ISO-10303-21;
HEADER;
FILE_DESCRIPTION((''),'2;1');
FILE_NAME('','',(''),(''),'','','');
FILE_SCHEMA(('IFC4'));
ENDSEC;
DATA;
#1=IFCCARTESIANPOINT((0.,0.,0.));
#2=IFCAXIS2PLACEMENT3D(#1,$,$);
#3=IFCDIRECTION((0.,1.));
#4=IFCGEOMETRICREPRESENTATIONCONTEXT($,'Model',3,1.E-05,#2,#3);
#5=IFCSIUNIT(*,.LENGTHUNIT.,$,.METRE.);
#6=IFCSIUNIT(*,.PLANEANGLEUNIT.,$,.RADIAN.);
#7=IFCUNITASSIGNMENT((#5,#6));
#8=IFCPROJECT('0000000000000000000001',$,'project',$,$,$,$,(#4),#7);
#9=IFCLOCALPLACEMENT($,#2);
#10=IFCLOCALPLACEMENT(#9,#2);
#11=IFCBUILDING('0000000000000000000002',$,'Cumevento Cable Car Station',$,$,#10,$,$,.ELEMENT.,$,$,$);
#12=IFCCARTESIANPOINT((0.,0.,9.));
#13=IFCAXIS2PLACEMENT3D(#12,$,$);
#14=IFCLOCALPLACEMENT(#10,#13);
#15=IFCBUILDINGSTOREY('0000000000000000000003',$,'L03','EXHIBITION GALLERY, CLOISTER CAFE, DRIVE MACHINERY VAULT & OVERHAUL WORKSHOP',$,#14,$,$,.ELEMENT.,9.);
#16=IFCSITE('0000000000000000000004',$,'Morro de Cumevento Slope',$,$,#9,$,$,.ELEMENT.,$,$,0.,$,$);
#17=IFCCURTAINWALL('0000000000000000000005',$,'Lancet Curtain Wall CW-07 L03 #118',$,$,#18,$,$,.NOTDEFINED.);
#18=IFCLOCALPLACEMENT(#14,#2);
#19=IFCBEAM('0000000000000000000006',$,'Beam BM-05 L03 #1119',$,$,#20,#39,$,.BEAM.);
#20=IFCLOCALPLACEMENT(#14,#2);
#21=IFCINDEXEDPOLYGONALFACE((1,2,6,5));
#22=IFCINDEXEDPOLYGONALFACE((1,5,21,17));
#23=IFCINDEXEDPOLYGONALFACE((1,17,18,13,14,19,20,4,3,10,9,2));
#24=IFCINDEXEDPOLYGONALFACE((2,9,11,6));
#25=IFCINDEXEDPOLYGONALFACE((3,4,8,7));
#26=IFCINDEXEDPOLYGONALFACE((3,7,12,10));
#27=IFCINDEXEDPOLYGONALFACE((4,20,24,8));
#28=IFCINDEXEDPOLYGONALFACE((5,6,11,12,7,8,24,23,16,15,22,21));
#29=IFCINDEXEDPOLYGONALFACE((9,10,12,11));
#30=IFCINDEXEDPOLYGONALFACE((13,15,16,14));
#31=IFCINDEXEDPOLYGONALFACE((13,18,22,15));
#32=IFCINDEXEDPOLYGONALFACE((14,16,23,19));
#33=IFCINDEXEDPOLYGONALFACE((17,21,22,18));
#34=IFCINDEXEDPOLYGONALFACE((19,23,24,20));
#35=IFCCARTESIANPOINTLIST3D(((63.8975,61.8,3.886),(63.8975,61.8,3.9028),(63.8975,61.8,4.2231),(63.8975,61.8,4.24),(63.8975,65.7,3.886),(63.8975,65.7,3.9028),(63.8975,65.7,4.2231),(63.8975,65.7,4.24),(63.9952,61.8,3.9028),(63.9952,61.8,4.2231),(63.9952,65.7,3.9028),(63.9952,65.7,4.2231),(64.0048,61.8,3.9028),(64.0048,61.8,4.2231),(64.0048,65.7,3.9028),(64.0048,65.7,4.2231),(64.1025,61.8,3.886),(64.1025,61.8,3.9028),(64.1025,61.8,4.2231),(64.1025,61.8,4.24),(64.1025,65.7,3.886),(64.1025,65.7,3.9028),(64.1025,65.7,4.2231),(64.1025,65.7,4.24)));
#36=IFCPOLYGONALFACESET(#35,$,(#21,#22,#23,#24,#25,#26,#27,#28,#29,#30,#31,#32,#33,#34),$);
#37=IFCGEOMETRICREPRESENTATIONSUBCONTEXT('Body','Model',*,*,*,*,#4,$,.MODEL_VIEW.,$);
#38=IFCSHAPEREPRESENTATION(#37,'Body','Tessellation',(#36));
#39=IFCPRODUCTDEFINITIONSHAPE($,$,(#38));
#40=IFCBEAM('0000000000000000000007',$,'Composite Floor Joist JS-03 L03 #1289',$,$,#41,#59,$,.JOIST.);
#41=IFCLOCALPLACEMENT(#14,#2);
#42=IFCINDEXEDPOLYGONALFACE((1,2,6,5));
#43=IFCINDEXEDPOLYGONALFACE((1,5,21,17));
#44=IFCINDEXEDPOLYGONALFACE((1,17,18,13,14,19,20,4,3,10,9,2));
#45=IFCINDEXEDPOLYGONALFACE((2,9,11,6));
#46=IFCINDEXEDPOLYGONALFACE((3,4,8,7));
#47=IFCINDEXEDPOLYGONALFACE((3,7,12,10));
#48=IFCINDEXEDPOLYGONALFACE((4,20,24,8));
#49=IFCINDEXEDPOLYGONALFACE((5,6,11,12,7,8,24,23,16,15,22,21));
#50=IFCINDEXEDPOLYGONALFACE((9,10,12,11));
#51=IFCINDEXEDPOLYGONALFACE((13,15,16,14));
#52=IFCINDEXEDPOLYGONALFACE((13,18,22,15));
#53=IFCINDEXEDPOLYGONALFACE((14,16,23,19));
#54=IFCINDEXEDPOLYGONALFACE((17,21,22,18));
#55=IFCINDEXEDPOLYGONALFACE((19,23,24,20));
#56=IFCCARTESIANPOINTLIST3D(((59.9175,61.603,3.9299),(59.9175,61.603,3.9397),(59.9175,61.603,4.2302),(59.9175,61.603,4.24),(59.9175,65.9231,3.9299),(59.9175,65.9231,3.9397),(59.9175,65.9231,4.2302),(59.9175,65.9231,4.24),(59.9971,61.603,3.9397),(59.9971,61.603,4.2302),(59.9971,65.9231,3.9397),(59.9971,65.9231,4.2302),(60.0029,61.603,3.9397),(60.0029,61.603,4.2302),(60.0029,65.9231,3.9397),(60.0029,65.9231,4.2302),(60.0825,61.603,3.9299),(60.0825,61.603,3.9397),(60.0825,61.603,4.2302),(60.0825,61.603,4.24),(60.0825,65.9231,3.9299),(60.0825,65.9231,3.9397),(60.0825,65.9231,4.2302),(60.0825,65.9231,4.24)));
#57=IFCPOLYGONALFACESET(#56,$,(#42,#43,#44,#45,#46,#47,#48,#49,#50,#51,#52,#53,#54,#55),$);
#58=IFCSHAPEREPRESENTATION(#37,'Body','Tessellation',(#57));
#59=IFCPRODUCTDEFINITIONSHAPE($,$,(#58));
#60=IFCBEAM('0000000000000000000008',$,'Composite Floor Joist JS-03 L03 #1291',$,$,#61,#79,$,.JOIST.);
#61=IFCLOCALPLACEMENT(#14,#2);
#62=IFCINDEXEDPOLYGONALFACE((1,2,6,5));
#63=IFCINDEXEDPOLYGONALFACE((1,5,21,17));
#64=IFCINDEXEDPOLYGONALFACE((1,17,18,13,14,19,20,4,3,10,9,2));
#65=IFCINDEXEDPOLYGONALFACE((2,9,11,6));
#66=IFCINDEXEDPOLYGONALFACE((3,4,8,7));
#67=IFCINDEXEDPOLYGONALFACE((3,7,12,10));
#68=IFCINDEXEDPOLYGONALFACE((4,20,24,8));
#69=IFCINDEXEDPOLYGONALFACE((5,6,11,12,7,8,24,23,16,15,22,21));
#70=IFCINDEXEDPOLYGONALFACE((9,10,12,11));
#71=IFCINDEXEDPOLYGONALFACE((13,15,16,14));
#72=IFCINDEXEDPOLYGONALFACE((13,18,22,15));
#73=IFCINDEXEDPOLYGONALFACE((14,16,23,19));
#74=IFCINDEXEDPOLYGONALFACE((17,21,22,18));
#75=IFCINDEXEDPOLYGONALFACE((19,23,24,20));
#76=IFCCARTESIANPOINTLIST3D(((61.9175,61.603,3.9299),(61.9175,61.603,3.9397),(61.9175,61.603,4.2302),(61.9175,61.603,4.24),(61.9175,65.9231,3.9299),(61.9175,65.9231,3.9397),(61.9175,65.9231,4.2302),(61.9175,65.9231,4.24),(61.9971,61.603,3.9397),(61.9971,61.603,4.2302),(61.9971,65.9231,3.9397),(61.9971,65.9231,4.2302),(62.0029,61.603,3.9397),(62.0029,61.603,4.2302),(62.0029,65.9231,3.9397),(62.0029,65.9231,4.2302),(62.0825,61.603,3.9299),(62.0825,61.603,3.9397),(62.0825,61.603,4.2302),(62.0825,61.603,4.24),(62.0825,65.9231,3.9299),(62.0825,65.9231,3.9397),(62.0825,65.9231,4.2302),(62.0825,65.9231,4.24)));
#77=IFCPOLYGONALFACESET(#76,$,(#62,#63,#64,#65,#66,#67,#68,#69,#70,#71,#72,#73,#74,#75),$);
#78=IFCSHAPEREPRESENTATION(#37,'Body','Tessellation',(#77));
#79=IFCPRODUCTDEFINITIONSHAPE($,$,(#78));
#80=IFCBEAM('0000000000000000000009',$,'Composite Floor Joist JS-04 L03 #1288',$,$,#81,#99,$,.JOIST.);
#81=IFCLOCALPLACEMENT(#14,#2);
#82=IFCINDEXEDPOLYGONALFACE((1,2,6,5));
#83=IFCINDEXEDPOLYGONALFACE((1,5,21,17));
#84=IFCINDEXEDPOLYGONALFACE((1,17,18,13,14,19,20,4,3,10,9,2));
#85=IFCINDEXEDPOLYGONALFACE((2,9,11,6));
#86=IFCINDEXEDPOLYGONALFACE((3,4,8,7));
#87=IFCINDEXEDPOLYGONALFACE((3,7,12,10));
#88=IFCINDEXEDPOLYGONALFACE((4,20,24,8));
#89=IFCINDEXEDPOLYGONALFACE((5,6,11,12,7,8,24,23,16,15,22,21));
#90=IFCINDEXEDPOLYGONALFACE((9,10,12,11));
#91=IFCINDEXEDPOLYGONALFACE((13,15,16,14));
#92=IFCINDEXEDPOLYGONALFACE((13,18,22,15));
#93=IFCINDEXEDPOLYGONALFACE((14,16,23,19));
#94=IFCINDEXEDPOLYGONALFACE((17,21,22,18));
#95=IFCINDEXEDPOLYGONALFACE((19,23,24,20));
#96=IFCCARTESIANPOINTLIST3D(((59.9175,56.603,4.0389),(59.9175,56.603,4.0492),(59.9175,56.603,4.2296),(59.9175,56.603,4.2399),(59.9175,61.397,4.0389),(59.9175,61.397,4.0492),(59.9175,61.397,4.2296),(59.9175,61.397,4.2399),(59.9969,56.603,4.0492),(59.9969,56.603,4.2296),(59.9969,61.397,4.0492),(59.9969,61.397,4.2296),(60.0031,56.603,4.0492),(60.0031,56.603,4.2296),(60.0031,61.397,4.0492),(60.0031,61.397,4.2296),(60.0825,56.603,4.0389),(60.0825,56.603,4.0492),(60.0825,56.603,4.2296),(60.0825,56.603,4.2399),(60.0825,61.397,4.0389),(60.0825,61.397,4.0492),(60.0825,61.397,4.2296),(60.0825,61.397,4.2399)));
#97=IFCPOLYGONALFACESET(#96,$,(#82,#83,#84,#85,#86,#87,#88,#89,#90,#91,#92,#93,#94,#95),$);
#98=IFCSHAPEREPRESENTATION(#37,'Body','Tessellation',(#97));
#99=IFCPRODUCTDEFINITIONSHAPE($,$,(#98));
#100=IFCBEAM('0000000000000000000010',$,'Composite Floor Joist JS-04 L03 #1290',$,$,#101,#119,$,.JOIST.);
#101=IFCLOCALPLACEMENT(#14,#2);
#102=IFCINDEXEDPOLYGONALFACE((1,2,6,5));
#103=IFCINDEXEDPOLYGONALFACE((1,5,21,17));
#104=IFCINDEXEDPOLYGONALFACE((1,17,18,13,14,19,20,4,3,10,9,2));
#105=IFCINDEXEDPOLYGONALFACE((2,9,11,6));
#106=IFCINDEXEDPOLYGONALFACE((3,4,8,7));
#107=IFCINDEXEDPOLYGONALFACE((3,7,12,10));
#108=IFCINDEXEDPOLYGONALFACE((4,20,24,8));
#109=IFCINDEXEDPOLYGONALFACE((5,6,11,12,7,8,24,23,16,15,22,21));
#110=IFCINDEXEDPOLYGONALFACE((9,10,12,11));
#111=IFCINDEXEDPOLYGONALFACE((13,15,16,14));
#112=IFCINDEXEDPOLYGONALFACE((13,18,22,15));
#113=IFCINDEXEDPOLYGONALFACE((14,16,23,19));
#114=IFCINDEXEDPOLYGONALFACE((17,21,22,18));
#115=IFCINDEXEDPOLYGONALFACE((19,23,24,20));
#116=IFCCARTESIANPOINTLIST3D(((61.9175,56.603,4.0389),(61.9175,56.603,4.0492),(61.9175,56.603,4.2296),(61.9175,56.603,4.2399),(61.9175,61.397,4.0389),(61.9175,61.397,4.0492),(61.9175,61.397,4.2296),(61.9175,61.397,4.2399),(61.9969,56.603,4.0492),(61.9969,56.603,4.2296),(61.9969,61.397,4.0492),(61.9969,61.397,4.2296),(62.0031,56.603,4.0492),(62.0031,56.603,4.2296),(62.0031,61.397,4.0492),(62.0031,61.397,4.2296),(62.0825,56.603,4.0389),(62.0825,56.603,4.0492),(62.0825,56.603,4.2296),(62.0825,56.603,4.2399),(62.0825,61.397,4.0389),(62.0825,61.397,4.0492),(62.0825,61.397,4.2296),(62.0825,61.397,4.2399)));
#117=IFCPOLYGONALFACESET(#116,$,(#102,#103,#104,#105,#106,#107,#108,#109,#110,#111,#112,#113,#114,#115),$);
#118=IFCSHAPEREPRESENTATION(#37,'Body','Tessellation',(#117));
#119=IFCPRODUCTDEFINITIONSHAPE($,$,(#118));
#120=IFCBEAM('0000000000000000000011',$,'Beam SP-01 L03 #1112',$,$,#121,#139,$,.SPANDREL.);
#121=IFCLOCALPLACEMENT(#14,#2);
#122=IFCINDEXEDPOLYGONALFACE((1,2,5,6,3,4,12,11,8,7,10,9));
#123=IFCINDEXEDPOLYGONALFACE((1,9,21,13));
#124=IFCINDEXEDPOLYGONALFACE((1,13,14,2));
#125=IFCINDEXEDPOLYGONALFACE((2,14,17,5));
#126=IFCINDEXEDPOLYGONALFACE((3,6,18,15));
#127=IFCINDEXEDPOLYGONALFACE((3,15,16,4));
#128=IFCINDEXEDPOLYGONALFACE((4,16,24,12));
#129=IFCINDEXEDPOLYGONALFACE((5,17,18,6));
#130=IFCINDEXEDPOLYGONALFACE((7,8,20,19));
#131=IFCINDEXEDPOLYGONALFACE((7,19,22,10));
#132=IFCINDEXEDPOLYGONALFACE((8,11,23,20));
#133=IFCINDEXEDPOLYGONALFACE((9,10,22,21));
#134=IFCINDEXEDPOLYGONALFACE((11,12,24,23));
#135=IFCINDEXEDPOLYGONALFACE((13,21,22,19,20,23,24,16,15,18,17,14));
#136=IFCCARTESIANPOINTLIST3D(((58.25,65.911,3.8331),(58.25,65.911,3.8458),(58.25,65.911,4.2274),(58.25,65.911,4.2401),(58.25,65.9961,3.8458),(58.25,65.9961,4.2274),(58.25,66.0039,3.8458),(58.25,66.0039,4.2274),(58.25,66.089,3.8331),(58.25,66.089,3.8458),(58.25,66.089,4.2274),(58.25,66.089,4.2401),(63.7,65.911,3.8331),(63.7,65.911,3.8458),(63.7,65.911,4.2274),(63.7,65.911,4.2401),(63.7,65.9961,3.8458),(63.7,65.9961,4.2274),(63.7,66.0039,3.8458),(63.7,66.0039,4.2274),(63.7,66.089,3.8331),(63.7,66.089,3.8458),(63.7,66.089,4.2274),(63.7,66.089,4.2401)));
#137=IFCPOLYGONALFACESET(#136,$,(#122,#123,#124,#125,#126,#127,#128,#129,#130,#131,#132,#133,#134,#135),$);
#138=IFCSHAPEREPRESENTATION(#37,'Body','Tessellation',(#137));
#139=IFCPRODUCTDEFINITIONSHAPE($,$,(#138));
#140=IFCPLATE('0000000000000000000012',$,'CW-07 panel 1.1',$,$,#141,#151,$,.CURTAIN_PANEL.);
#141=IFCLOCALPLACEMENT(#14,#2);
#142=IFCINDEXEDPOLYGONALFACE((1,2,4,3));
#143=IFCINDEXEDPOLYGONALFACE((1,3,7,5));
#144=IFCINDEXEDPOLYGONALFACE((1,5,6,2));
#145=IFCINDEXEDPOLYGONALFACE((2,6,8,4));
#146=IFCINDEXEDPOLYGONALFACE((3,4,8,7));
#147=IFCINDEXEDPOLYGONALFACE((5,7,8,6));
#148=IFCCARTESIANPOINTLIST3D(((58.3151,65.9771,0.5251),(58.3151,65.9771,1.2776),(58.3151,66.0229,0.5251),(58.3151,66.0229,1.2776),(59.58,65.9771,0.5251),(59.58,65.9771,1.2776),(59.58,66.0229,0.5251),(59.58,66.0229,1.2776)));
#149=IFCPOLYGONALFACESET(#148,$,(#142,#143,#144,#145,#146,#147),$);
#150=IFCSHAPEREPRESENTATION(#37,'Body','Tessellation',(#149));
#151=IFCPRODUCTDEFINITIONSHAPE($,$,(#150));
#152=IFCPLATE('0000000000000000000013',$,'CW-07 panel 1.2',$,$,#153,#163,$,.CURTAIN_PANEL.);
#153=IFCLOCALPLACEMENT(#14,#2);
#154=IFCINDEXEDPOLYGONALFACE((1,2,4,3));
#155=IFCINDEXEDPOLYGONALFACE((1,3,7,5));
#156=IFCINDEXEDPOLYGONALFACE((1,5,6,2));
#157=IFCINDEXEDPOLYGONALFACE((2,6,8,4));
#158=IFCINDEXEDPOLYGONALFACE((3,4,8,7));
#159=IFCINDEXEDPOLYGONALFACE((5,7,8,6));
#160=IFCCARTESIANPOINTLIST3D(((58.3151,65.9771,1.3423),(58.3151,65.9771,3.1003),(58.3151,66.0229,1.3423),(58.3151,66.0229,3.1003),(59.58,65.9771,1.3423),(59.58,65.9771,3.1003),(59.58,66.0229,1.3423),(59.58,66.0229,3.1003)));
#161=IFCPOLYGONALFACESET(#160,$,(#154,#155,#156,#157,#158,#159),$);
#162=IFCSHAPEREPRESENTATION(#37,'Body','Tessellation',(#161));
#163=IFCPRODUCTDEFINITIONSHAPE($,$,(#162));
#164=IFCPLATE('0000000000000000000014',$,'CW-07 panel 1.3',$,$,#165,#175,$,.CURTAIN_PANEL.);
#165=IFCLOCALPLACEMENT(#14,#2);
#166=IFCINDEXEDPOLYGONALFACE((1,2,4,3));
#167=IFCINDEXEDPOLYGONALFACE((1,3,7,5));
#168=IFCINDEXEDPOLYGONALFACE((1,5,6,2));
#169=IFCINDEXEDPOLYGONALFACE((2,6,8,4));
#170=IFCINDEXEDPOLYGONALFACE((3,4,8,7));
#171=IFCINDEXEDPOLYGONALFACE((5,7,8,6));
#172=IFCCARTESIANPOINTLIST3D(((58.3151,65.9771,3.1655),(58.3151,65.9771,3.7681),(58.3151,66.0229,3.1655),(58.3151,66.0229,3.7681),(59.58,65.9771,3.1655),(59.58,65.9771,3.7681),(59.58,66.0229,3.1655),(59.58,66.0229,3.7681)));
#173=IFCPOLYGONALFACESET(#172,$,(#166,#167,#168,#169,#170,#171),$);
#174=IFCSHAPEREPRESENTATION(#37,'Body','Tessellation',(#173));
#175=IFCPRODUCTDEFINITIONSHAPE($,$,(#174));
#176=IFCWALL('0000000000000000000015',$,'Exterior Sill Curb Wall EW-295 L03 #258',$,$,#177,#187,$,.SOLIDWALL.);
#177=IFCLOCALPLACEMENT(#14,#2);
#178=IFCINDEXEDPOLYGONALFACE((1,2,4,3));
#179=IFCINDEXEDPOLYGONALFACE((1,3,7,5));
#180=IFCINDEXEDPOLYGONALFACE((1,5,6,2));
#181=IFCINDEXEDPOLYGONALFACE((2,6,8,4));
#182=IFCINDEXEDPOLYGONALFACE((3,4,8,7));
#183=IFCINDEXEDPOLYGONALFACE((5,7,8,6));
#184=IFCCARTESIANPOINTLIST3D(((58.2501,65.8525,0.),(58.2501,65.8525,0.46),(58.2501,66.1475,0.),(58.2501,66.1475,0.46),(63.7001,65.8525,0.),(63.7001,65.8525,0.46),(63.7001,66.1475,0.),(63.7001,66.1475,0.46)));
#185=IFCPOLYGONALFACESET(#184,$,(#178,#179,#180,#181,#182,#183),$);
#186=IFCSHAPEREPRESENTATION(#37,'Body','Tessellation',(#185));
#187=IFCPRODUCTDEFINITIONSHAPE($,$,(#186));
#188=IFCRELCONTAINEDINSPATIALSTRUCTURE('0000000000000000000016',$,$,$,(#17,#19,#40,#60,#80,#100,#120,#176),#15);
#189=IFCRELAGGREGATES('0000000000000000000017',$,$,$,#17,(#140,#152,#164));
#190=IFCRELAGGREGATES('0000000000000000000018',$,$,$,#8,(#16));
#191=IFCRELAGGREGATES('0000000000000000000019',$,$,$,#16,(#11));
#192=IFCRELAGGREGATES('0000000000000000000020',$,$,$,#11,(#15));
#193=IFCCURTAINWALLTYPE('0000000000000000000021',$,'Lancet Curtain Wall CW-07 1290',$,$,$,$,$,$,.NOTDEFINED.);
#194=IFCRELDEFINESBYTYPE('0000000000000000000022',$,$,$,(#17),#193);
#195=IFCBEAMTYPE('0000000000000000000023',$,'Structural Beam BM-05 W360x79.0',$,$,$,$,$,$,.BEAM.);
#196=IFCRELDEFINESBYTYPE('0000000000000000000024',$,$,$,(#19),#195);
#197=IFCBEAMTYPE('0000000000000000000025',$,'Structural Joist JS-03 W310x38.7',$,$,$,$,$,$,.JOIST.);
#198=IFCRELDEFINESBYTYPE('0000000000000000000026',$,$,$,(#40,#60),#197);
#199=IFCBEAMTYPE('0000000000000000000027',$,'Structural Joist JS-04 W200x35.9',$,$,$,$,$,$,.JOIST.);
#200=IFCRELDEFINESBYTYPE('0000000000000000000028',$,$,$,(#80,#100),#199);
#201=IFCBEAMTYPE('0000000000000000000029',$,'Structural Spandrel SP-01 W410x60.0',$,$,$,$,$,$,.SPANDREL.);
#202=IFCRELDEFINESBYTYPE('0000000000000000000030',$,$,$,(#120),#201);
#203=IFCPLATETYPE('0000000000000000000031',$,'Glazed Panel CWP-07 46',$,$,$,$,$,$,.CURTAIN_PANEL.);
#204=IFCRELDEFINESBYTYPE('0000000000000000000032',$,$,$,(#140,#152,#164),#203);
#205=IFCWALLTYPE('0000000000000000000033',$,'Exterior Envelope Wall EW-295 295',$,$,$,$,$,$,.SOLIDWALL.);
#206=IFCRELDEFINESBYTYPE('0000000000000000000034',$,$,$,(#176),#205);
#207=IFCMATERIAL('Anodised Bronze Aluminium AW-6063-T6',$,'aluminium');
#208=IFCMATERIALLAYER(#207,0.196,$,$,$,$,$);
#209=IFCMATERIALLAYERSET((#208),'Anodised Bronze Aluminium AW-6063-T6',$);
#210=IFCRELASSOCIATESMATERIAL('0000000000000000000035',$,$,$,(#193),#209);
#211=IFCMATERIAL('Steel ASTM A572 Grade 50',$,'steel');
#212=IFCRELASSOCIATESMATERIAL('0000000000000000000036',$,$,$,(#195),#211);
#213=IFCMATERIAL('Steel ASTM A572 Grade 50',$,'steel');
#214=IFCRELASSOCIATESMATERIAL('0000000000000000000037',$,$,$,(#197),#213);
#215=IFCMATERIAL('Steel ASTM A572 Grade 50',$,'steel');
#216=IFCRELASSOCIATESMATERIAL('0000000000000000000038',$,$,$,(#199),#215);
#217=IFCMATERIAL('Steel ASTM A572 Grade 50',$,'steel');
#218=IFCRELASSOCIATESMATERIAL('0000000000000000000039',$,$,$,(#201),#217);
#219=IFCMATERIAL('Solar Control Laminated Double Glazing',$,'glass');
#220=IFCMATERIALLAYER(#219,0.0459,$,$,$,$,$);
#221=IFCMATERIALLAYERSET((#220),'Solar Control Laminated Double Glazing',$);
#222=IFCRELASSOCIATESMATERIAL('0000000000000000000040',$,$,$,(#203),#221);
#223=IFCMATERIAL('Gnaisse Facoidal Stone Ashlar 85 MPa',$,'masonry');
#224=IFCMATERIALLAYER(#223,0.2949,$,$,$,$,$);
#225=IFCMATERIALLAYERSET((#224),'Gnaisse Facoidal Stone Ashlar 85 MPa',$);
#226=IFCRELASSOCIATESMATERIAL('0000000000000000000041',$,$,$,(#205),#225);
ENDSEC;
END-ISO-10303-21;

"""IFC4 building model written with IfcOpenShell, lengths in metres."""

from ifc_helpers import new_model, si_unit, direction, frame, frame_2d, origin, origin_2d, place, context, subcontext, project, spatial, rectangle, i_section, extrude, material, layer, layer_set, material_profile, profile_set, type_object, element, aggregate, save


model = new_model("IFC4")

# Units and contexts
model_context = context("Model", 3, precision=1e-05, world=origin(), true_north=direction((0.0, 1.0)))
body_context = subcontext(model_context, "Body", "Model", "MODEL_VIEW")
ifc_project = project(units=[si_unit("LENGTHUNIT", "METRE"), si_unit("PLANEANGLEUNIT", "RADIAN")], contexts=[model_context])

# Site, building, storey
site_placement = place(None, origin())
site = spatial("IfcSite", under=ifc_project, at=site_placement, Name="Morro de Cumevento Slope", CompositionType="ELEMENT", RefElevation=0.0)
building_placement = place(site_placement, origin())
building = spatial("IfcBuilding", under=site, at=building_placement, Name="Cumevento Cable Car Station", CompositionType="ELEMENT")
storey_placement = place(building_placement, frame((0.0, 0.0, 9.0)))
storey = spatial("IfcBuildingStorey", under=building, at=storey_placement, Name="L03", Description="EXHIBITION GALLERY, CLOISTER CAFE, DRIVE MACHINERY VAULT & OVERHAUL WORKSHOP", CompositionType="ELEMENT", Elevation=9.0)

# Curtain wall
ifc_material_1 = material(Name="Anodised Bronze Aluminium AW-6063-T6", Category="aluminium")
ifc_layer_1 = layer(ifc_material_1, 0.196)
ifc_layer_set_1 = layer_set([ifc_layer_1], Name="Anodised Bronze Aluminium AW-6063-T6")
curtain_wall_type = type_object("IfcCurtainWallType", Name="Lancet Curtain Wall CW-07 1290", PredefinedType="NOTDEFINED", material=ifc_layer_set_1)
curtain_wall_placement = place(storey_placement, origin())
curtain_wall = element("IfcCurtainWall", 1, at=curtain_wall_placement, inside=storey, type_object=curtain_wall_type, Name="Lancet Curtain Wall CW-07 L03 #118", PredefinedType="NOTDEFINED")

# Beams
ifc_material_2 = material(Name="Steel ASTM A572 Grade 50", Category="steel")
ifc_material_profile_1 = material_profile(ifc_material_2, i_section(OverallWidth=0.2051, OverallDepth=0.354, WebThickness=0.0095, FlangeThickness=0.0168, at=origin_2d()), Name="W360x79.0")
ifc_profile_set_1 = profile_set([ifc_material_profile_1], Name="Steel ASTM A572 Grade 50")
beam_type_1 = type_object("IfcBeamType", Name="Structural Beam BM-05 W360x79.0", PredefinedType="BEAM", material=ifc_profile_set_1)
beam_1_placement = place(storey_placement, frame((64.0, 61.8, 4.063), z_axis=(0.0, 1.0, 0.0), x_axis=(-1.0, 0.0, 0.0)))
element("IfcBeam", 2, at=beam_1_placement, inside=storey, type_object=beam_type_1, Name="Beam BM-05 L03 #1119", PredefinedType="BEAM", context=body_context, shape_type="SweptSolid", body=[
    extrude(i_section(OverallWidth=0.2051, OverallDepth=0.354, WebThickness=0.0095, FlangeThickness=0.0168, at=origin_2d()), origin(), (0.0, 0.0, 1.0), 3.8999),
])
ifc_material_3 = material(Name="Steel ASTM A572 Grade 50", Category="steel")
ifc_material_profile_2 = material_profile(ifc_material_3, i_section(OverallWidth=0.165, OverallDepth=0.3101, WebThickness=0.0059, FlangeThickness=0.0098, at=origin_2d()), Name="W310x38.7")
ifc_profile_set_2 = profile_set([ifc_material_profile_2], Name="Steel ASTM A572 Grade 50")
beam_type_2 = type_object("IfcBeamType", Name="Structural Joist JS-03 W310x38.7", PredefinedType="JOIST", material=ifc_profile_set_2)
for number, where, z_axis, x_axis, name in (
    (3, (60.0, 61.603, 4.085), (0.0, 1.0, 0.0), (-1.0, 0.0, 0.0), "Composite Floor Joist JS-03 L03 #1289"),
    (4, (62.0, 61.603, 4.085), (0.0, 1.0, 0.0), (-1.0, 0.0, 0.0), "Composite Floor Joist JS-03 L03 #1291"),
):
    element("IfcBeam", number, at=place(storey_placement, frame(where, z_axis=z_axis, x_axis=x_axis)), inside=storey, type_object=beam_type_2, Name=name, PredefinedType="JOIST", context=body_context, shape_type="SweptSolid", body=[
        extrude(i_section(OverallWidth=0.165, OverallDepth=0.3101, WebThickness=0.0059, FlangeThickness=0.0098, at=origin_2d()), origin(), (0.0, 0.0, 1.0), 4.3201),
    ])
ifc_material_4 = material(Name="Steel ASTM A572 Grade 50", Category="steel")
ifc_material_profile_3 = material_profile(ifc_material_4, i_section(OverallWidth=0.165, OverallDepth=0.2009, WebThickness=0.0061, FlangeThickness=0.0103, at=origin_2d()), Name="W200x35.9")
ifc_profile_set_3 = profile_set([ifc_material_profile_3], Name="Steel ASTM A572 Grade 50")
beam_type_3 = type_object("IfcBeamType", Name="Structural Joist JS-04 W200x35.9", PredefinedType="JOIST", material=ifc_profile_set_3)
for number, where, z_axis, x_axis, name in (
    (5, (60.0, 56.603, 4.1394), (0.0, 1.0, 0.0), (-1.0, 0.0, 0.0), "Composite Floor Joist JS-04 L03 #1288"),
    (6, (62.0, 56.603, 4.1394), (0.0, 1.0, 0.0), (-1.0, 0.0, 0.0), "Composite Floor Joist JS-04 L03 #1290"),
):
    element("IfcBeam", number, at=place(storey_placement, frame(where, z_axis=z_axis, x_axis=x_axis)), inside=storey, type_object=beam_type_3, Name=name, PredefinedType="JOIST", context=body_context, shape_type="SweptSolid", body=[
        extrude(i_section(OverallWidth=0.165, OverallDepth=0.2009, WebThickness=0.0061, FlangeThickness=0.0103, at=origin_2d()), origin(), (0.0, 0.0, 1.0), 4.7939),
    ])
ifc_material_5 = material(Name="Steel ASTM A572 Grade 50", Category="steel")
ifc_material_profile_4 = material_profile(ifc_material_5, i_section(OverallWidth=0.178, OverallDepth=0.407, WebThickness=0.0078, FlangeThickness=0.0127, at=origin_2d()), Name="W410x60.0")
ifc_profile_set_4 = profile_set([ifc_material_profile_4], Name="Steel ASTM A572 Grade 50")
beam_type_4 = type_object("IfcBeamType", Name="Structural Spandrel SP-01 W410x60.0", PredefinedType="SPANDREL", material=ifc_profile_set_4)
beam_2_placement = place(storey_placement, frame((58.25, 66.0, 4.0366), z_axis=(1.0, 0.0, 0.0), x_axis=(0.0, 1.0, 0.0)))
element("IfcBeam", 7, at=beam_2_placement, inside=storey, type_object=beam_type_4, Name="Beam SP-01 L03 #1112", PredefinedType="SPANDREL", context=body_context, shape_type="SweptSolid", body=[
    extrude(i_section(OverallWidth=0.178, OverallDepth=0.407, WebThickness=0.0078, FlangeThickness=0.0127, at=origin_2d()), origin(), (0.0, 0.0, 1.0), 5.45),
])

# Plates
ifc_material_6 = material(Name="Solar Control Laminated Double Glazing", Category="glass")
ifc_layer_2 = layer(ifc_material_6, 0.0459)
ifc_layer_set_2 = layer_set([ifc_layer_2], Name="Solar Control Laminated Double Glazing")
plate_type = type_object("IfcPlateType", Name="Glazed Panel CWP-07 46", PredefinedType="CURTAIN_PANEL", material=ifc_layer_set_2)
plate_1_placement = place(storey_placement, frame((58.9475, 66.0, 0.5251), z_axis=(0.0, 0.0, 1.0), x_axis=(1.0, 0.0, 0.0)))
plate_1 = element("IfcPlate", 8, at=plate_1_placement, type_object=plate_type, Name="CW-07 panel 1.1", PredefinedType="CURTAIN_PANEL", context=body_context, shape_type="SweptSolid", body=[
    extrude(rectangle(XDim=1.2649, YDim=0.0459, at=origin_2d()), origin(), (0.0, 0.0, 1.0), 0.7524),
])
plate_2_placement = place(storey_placement, frame((58.9475, 66.0, 1.3423), z_axis=(0.0, 0.0, 1.0), x_axis=(1.0, 0.0, 0.0)))
plate_2 = element("IfcPlate", 9, at=plate_2_placement, type_object=plate_type, Name="CW-07 panel 1.2", PredefinedType="CURTAIN_PANEL", context=body_context, shape_type="SweptSolid", body=[
    extrude(rectangle(XDim=1.2649, YDim=0.0459, at=origin_2d()), origin(), (0.0, 0.0, 1.0), 1.7581),
])
plate_3_placement = place(storey_placement, frame((58.9475, 66.0, 3.1655), z_axis=(0.0, 0.0, 1.0), x_axis=(1.0, 0.0, 0.0)))
plate_3 = element("IfcPlate", 10, at=plate_3_placement, type_object=plate_type, Name="CW-07 panel 1.3", PredefinedType="CURTAIN_PANEL", context=body_context, shape_type="SweptSolid", body=[
    extrude(rectangle(XDim=1.2649, YDim=0.0459, at=origin_2d()), origin(), (0.0, 0.0, 1.0), 0.6025),
])
aggregate(curtain_wall, [plate_1, plate_2, plate_3])

# Wall
ifc_material_7 = material(Name="Gnaisse Facoidal Stone Ashlar 85 MPa", Category="masonry")
ifc_layer_3 = layer(ifc_material_7, 0.2949)
ifc_layer_set_3 = layer_set([ifc_layer_3], Name="Gnaisse Facoidal Stone Ashlar 85 MPa")
wall_type_1 = type_object("IfcWallType", Name="Exterior Envelope Wall EW-295 295", PredefinedType="SOLIDWALL", material=ifc_layer_set_3)
wall_1_placement = place(storey_placement, frame((58.25, 66.0, 0.0), z_axis=(0.0, 0.0, 1.0), x_axis=(1.0, 0.0, 0.0)))
element("IfcWall", 11, at=wall_1_placement, inside=storey, type_object=wall_type_1, Name="Exterior Sill Curb Wall EW-295 L03 #258", PredefinedType="SOLIDWALL", context=body_context, shape_type="SweptSolid", body=[
    extrude(rectangle(XDim=5.45, YDim=0.2949, at=frame_2d((2.7251, 0.0))), origin(), (0.0, 0.0, 1.0), 0.46),
])

save(model, "model.ifc")
